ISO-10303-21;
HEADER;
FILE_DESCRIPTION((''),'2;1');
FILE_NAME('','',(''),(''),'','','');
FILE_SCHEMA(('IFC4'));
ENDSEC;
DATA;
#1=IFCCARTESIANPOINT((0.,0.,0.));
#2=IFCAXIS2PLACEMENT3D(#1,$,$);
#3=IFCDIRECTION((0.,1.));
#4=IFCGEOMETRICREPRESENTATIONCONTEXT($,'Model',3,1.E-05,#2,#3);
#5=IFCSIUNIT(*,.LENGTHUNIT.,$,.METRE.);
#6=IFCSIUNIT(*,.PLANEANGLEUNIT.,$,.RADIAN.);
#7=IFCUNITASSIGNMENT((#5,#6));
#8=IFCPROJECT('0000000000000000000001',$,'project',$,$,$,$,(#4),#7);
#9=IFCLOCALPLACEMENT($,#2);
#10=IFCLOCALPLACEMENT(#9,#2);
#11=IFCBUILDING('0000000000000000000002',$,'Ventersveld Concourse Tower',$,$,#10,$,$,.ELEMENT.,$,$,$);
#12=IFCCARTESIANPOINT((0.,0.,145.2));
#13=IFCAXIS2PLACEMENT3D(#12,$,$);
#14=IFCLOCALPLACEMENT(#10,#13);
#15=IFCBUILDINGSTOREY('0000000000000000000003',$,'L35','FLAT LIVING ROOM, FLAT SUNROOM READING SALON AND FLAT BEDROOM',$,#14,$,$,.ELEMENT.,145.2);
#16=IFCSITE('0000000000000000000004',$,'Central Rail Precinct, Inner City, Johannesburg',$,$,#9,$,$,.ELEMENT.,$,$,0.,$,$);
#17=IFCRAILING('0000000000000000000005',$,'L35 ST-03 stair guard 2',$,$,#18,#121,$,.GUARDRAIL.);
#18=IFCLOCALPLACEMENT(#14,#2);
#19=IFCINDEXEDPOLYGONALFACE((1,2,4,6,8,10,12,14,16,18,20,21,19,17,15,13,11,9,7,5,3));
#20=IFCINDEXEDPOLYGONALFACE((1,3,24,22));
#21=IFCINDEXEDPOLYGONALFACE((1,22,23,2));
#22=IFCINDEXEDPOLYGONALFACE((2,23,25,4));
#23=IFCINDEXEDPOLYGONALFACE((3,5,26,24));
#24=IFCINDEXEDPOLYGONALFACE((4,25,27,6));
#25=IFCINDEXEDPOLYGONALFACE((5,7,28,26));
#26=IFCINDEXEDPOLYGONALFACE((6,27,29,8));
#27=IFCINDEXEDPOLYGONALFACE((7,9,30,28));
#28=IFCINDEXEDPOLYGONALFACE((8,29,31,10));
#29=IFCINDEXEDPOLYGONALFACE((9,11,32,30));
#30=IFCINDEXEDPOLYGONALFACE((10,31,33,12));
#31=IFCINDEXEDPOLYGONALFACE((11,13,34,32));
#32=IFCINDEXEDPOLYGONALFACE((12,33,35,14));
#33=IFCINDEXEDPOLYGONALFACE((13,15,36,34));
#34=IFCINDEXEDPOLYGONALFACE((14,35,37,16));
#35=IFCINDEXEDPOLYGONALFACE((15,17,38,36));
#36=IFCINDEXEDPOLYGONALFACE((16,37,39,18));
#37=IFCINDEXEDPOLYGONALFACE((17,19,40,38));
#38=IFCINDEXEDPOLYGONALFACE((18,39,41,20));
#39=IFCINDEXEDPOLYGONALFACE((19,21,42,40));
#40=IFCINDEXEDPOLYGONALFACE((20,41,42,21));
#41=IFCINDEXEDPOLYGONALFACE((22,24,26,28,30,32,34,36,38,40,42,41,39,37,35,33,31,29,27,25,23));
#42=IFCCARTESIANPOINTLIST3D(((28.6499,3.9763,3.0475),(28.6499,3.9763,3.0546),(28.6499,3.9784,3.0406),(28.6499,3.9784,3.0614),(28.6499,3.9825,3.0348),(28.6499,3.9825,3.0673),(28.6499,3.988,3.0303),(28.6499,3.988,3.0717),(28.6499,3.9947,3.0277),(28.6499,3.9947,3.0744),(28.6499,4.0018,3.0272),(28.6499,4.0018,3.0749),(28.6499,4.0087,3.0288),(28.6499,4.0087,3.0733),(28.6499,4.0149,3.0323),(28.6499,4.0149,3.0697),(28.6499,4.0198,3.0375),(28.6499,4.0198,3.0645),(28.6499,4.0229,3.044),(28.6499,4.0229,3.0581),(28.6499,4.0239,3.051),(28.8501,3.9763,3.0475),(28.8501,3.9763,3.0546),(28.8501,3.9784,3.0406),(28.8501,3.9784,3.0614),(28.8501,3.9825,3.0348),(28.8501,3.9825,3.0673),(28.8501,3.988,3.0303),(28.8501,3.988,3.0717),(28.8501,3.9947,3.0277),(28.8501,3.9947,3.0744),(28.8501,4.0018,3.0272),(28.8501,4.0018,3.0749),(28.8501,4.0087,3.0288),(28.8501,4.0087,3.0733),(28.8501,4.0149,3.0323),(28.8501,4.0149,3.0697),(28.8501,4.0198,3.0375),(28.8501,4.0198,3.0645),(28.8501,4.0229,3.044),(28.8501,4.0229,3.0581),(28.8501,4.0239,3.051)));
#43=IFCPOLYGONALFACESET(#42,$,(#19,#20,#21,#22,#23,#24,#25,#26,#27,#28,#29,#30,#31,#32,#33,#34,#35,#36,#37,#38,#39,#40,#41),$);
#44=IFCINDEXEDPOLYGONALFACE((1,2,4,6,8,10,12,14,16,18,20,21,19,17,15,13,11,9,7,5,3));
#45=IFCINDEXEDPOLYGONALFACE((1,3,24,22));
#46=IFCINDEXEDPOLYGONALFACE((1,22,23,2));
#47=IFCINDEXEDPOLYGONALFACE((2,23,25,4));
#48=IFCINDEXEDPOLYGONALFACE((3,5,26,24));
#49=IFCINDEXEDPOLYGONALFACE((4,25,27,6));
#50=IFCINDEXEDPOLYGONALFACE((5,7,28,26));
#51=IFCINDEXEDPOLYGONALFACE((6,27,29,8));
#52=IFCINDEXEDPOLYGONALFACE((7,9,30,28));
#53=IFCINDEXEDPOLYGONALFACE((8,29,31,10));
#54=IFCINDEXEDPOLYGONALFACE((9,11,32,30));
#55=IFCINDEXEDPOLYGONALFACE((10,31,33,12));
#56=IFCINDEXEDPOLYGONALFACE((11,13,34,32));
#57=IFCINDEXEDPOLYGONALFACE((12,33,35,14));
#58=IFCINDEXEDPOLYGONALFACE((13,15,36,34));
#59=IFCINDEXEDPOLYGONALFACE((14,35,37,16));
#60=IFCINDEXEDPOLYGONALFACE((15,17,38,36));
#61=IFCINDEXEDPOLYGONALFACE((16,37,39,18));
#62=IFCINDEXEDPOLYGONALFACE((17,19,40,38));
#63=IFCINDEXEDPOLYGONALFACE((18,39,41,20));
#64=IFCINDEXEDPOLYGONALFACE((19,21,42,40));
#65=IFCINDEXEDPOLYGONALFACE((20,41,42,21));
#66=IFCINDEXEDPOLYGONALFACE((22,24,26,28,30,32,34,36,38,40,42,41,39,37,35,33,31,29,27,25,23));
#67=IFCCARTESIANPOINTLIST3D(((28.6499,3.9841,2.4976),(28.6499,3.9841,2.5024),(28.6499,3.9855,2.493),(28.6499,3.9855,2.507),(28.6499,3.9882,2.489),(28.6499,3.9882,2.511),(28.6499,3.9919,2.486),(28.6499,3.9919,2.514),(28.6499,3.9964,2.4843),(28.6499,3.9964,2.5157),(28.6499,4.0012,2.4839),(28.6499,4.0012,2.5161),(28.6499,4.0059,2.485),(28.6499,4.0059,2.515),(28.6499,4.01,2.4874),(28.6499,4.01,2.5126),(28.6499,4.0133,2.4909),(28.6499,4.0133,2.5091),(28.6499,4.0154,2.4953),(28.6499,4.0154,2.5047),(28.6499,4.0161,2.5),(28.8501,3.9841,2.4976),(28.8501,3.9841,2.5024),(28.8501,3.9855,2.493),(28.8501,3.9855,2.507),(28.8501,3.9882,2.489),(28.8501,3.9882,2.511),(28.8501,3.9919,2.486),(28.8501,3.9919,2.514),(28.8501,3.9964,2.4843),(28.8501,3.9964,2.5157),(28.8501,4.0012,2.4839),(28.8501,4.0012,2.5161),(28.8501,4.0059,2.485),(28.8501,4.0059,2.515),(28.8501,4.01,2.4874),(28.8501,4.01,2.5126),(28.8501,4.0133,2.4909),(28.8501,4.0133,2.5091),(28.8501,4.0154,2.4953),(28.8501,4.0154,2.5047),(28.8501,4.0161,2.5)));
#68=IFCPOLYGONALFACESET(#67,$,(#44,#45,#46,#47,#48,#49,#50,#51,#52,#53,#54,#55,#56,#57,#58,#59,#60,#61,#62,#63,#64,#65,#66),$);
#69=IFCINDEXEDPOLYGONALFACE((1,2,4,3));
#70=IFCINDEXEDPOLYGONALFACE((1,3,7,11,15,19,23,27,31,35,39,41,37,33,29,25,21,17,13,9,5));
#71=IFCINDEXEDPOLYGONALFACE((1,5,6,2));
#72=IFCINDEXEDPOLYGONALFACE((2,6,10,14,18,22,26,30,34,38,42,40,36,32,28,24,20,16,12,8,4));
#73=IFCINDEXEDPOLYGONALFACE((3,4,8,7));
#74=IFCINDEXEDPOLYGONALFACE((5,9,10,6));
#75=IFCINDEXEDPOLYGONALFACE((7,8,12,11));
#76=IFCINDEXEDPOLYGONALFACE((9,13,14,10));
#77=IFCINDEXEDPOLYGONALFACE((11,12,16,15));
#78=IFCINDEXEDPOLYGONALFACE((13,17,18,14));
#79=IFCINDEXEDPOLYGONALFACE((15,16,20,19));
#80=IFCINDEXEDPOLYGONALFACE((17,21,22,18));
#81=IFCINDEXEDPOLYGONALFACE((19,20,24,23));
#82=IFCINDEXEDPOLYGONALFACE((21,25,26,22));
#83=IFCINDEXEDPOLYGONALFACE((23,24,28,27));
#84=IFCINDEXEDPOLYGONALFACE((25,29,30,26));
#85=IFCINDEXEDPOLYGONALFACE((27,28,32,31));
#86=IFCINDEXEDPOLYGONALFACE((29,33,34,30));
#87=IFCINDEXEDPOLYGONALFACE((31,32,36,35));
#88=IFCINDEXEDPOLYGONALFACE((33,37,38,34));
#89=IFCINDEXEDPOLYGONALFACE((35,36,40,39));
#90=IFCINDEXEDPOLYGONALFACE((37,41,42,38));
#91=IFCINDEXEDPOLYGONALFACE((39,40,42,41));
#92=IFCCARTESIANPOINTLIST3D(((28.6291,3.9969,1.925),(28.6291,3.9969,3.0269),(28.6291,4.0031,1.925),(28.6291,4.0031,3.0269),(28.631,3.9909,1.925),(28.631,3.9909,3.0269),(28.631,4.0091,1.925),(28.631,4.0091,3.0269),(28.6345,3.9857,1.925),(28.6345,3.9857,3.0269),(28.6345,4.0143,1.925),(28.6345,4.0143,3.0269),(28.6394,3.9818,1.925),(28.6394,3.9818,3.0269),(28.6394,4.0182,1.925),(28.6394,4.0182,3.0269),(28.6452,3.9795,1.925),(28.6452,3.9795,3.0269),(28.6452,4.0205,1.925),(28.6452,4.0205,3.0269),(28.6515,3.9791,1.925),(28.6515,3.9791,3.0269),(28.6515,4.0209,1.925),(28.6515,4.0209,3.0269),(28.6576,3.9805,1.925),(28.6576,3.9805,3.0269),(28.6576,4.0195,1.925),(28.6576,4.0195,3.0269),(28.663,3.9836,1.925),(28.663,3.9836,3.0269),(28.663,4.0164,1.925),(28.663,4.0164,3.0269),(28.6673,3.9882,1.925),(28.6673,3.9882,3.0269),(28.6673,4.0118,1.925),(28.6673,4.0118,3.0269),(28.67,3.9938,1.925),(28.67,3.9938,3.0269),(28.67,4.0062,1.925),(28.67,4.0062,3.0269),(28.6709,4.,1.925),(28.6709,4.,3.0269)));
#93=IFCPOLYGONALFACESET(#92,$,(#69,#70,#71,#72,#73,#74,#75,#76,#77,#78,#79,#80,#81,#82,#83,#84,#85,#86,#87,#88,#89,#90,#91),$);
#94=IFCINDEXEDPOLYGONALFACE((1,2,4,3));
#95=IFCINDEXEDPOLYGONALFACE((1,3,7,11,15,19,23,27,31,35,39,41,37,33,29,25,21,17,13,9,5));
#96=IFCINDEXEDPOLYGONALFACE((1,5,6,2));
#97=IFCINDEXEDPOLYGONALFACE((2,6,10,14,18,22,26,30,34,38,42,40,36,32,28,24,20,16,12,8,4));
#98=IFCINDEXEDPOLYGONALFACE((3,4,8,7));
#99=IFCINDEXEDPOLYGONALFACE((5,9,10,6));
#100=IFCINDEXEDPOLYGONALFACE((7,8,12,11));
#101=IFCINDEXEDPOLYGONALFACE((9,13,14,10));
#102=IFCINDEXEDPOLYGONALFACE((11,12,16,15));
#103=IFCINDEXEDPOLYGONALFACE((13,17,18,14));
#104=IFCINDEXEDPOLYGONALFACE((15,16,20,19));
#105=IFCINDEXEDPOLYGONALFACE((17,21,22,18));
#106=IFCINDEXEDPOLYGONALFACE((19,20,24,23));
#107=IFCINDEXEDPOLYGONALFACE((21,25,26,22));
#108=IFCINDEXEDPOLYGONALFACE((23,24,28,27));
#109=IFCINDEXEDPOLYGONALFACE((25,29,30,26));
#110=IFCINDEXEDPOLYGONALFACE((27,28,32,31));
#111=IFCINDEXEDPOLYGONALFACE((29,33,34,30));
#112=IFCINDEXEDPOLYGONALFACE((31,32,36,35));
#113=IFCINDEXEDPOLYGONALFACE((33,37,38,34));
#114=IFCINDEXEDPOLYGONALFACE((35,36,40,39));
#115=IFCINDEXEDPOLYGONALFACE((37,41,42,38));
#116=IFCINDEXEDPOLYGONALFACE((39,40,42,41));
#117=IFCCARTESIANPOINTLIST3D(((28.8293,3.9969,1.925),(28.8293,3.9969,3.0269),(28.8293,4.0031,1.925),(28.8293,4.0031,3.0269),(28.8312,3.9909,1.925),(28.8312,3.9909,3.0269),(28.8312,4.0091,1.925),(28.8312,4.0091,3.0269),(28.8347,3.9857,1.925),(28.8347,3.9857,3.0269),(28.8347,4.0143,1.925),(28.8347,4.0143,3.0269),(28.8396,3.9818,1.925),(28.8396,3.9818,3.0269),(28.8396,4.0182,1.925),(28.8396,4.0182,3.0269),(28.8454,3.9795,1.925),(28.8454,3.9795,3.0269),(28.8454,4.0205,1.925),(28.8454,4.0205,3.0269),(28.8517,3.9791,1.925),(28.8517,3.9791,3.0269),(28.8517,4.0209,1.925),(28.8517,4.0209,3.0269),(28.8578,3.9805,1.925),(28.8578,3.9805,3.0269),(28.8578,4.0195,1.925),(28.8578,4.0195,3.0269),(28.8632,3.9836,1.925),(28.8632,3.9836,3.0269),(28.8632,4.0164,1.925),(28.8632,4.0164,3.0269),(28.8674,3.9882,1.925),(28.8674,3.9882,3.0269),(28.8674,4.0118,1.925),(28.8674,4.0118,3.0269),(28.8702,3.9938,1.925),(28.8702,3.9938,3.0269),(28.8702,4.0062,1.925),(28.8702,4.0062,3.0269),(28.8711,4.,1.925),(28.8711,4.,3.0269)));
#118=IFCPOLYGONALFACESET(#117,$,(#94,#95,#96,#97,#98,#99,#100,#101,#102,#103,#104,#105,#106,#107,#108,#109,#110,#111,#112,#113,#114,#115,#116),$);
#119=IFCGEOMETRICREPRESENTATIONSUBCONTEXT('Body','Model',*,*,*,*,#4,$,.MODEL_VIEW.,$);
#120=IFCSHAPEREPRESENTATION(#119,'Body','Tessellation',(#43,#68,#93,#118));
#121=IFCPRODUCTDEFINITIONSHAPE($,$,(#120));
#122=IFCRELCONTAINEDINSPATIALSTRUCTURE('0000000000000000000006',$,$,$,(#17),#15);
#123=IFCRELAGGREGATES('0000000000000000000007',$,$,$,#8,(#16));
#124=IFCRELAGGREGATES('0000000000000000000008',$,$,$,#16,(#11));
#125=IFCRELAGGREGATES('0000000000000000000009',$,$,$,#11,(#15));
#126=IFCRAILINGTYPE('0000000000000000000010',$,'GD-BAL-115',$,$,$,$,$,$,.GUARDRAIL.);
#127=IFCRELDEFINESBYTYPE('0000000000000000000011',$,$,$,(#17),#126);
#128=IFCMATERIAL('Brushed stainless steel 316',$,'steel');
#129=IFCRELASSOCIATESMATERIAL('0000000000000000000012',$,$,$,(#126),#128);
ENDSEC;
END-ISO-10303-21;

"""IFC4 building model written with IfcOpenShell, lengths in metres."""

from ifc_helpers import new_model, si_unit, direction, frame, origin, origin_2d, place, context, subcontext, project, spatial, circle, extrude, material, type_object, element, save


model = new_model("IFC4")

# Units and contexts
model_context = context("Model", 3, precision=1e-05, world=origin(), true_north=direction((0.0, 1.0)))
body_context = subcontext(model_context, "Body", "Model", "MODEL_VIEW")
ifc_project = project(units=[si_unit("LENGTHUNIT", "METRE"), si_unit("PLANEANGLEUNIT", "RADIAN")], contexts=[model_context])

# Site, building, storey
site_placement = place(None, origin())
site = spatial("IfcSite", under=ifc_project, at=site_placement, Name="Central Rail Precinct, Inner City, Johannesburg", CompositionType="ELEMENT", RefElevation=0.0)
building_placement = place(site_placement, origin())
building = spatial("IfcBuilding", under=site, at=building_placement, Name="Ventersveld Concourse Tower", CompositionType="ELEMENT")
storey_placement = place(building_placement, frame((0.0, 0.0, 145.2)))
storey = spatial("IfcBuildingStorey", under=building, at=storey_placement, Name="L35", Description="FLAT LIVING ROOM, FLAT SUNROOM READING SALON AND FLAT BEDROOM", CompositionType="ELEMENT", Elevation=145.2)

# Shared definitions
ifc_material_1 = material(Name="Brushed stainless steel 316", Category="steel")

# Railing
railing_type_1 = type_object("IfcRailingType", Name="GD-BAL-115", PredefinedType="GUARDRAIL", material=ifc_material_1)
railing_1_placement = place(storey_placement, frame((28.6499, 4.0, 1.925)))
element("IfcRailing", 1, at=railing_1_placement, inside=storey, type_object=railing_type_1, Name="L35 ST-03 stair guard 2", PredefinedType="GUARDRAIL", context=body_context, shape_type="SweptSolid", body=[
    extrude(circle(Radius=0.0239, at=origin_2d()), frame((0.0, 0.0, 1.126), z_axis=(1.0, 0.0, 0.0), x_axis=(0.0, 1.0, 0.0)), (0.0, 0.0, 1.0), 0.2002),
    extrude(circle(Radius=0.0161, at=origin_2d()), frame((0.0, 0.0, 0.575), z_axis=(1.0, 0.0, 0.0), x_axis=(0.0, 1.0, 0.0)), (0.0, 0.0, 1.0), 0.2002),
    extrude(circle(Radius=0.021, at=origin_2d()), origin(), (0.0, 0.0, 1.0), 1.1018),
    extrude(circle(Radius=0.021, at=origin_2d()), frame((0.2002, 0.0, 0.0)), (0.0, 0.0, 1.0), 1.1018),
])

save(model, "model.ifc")
